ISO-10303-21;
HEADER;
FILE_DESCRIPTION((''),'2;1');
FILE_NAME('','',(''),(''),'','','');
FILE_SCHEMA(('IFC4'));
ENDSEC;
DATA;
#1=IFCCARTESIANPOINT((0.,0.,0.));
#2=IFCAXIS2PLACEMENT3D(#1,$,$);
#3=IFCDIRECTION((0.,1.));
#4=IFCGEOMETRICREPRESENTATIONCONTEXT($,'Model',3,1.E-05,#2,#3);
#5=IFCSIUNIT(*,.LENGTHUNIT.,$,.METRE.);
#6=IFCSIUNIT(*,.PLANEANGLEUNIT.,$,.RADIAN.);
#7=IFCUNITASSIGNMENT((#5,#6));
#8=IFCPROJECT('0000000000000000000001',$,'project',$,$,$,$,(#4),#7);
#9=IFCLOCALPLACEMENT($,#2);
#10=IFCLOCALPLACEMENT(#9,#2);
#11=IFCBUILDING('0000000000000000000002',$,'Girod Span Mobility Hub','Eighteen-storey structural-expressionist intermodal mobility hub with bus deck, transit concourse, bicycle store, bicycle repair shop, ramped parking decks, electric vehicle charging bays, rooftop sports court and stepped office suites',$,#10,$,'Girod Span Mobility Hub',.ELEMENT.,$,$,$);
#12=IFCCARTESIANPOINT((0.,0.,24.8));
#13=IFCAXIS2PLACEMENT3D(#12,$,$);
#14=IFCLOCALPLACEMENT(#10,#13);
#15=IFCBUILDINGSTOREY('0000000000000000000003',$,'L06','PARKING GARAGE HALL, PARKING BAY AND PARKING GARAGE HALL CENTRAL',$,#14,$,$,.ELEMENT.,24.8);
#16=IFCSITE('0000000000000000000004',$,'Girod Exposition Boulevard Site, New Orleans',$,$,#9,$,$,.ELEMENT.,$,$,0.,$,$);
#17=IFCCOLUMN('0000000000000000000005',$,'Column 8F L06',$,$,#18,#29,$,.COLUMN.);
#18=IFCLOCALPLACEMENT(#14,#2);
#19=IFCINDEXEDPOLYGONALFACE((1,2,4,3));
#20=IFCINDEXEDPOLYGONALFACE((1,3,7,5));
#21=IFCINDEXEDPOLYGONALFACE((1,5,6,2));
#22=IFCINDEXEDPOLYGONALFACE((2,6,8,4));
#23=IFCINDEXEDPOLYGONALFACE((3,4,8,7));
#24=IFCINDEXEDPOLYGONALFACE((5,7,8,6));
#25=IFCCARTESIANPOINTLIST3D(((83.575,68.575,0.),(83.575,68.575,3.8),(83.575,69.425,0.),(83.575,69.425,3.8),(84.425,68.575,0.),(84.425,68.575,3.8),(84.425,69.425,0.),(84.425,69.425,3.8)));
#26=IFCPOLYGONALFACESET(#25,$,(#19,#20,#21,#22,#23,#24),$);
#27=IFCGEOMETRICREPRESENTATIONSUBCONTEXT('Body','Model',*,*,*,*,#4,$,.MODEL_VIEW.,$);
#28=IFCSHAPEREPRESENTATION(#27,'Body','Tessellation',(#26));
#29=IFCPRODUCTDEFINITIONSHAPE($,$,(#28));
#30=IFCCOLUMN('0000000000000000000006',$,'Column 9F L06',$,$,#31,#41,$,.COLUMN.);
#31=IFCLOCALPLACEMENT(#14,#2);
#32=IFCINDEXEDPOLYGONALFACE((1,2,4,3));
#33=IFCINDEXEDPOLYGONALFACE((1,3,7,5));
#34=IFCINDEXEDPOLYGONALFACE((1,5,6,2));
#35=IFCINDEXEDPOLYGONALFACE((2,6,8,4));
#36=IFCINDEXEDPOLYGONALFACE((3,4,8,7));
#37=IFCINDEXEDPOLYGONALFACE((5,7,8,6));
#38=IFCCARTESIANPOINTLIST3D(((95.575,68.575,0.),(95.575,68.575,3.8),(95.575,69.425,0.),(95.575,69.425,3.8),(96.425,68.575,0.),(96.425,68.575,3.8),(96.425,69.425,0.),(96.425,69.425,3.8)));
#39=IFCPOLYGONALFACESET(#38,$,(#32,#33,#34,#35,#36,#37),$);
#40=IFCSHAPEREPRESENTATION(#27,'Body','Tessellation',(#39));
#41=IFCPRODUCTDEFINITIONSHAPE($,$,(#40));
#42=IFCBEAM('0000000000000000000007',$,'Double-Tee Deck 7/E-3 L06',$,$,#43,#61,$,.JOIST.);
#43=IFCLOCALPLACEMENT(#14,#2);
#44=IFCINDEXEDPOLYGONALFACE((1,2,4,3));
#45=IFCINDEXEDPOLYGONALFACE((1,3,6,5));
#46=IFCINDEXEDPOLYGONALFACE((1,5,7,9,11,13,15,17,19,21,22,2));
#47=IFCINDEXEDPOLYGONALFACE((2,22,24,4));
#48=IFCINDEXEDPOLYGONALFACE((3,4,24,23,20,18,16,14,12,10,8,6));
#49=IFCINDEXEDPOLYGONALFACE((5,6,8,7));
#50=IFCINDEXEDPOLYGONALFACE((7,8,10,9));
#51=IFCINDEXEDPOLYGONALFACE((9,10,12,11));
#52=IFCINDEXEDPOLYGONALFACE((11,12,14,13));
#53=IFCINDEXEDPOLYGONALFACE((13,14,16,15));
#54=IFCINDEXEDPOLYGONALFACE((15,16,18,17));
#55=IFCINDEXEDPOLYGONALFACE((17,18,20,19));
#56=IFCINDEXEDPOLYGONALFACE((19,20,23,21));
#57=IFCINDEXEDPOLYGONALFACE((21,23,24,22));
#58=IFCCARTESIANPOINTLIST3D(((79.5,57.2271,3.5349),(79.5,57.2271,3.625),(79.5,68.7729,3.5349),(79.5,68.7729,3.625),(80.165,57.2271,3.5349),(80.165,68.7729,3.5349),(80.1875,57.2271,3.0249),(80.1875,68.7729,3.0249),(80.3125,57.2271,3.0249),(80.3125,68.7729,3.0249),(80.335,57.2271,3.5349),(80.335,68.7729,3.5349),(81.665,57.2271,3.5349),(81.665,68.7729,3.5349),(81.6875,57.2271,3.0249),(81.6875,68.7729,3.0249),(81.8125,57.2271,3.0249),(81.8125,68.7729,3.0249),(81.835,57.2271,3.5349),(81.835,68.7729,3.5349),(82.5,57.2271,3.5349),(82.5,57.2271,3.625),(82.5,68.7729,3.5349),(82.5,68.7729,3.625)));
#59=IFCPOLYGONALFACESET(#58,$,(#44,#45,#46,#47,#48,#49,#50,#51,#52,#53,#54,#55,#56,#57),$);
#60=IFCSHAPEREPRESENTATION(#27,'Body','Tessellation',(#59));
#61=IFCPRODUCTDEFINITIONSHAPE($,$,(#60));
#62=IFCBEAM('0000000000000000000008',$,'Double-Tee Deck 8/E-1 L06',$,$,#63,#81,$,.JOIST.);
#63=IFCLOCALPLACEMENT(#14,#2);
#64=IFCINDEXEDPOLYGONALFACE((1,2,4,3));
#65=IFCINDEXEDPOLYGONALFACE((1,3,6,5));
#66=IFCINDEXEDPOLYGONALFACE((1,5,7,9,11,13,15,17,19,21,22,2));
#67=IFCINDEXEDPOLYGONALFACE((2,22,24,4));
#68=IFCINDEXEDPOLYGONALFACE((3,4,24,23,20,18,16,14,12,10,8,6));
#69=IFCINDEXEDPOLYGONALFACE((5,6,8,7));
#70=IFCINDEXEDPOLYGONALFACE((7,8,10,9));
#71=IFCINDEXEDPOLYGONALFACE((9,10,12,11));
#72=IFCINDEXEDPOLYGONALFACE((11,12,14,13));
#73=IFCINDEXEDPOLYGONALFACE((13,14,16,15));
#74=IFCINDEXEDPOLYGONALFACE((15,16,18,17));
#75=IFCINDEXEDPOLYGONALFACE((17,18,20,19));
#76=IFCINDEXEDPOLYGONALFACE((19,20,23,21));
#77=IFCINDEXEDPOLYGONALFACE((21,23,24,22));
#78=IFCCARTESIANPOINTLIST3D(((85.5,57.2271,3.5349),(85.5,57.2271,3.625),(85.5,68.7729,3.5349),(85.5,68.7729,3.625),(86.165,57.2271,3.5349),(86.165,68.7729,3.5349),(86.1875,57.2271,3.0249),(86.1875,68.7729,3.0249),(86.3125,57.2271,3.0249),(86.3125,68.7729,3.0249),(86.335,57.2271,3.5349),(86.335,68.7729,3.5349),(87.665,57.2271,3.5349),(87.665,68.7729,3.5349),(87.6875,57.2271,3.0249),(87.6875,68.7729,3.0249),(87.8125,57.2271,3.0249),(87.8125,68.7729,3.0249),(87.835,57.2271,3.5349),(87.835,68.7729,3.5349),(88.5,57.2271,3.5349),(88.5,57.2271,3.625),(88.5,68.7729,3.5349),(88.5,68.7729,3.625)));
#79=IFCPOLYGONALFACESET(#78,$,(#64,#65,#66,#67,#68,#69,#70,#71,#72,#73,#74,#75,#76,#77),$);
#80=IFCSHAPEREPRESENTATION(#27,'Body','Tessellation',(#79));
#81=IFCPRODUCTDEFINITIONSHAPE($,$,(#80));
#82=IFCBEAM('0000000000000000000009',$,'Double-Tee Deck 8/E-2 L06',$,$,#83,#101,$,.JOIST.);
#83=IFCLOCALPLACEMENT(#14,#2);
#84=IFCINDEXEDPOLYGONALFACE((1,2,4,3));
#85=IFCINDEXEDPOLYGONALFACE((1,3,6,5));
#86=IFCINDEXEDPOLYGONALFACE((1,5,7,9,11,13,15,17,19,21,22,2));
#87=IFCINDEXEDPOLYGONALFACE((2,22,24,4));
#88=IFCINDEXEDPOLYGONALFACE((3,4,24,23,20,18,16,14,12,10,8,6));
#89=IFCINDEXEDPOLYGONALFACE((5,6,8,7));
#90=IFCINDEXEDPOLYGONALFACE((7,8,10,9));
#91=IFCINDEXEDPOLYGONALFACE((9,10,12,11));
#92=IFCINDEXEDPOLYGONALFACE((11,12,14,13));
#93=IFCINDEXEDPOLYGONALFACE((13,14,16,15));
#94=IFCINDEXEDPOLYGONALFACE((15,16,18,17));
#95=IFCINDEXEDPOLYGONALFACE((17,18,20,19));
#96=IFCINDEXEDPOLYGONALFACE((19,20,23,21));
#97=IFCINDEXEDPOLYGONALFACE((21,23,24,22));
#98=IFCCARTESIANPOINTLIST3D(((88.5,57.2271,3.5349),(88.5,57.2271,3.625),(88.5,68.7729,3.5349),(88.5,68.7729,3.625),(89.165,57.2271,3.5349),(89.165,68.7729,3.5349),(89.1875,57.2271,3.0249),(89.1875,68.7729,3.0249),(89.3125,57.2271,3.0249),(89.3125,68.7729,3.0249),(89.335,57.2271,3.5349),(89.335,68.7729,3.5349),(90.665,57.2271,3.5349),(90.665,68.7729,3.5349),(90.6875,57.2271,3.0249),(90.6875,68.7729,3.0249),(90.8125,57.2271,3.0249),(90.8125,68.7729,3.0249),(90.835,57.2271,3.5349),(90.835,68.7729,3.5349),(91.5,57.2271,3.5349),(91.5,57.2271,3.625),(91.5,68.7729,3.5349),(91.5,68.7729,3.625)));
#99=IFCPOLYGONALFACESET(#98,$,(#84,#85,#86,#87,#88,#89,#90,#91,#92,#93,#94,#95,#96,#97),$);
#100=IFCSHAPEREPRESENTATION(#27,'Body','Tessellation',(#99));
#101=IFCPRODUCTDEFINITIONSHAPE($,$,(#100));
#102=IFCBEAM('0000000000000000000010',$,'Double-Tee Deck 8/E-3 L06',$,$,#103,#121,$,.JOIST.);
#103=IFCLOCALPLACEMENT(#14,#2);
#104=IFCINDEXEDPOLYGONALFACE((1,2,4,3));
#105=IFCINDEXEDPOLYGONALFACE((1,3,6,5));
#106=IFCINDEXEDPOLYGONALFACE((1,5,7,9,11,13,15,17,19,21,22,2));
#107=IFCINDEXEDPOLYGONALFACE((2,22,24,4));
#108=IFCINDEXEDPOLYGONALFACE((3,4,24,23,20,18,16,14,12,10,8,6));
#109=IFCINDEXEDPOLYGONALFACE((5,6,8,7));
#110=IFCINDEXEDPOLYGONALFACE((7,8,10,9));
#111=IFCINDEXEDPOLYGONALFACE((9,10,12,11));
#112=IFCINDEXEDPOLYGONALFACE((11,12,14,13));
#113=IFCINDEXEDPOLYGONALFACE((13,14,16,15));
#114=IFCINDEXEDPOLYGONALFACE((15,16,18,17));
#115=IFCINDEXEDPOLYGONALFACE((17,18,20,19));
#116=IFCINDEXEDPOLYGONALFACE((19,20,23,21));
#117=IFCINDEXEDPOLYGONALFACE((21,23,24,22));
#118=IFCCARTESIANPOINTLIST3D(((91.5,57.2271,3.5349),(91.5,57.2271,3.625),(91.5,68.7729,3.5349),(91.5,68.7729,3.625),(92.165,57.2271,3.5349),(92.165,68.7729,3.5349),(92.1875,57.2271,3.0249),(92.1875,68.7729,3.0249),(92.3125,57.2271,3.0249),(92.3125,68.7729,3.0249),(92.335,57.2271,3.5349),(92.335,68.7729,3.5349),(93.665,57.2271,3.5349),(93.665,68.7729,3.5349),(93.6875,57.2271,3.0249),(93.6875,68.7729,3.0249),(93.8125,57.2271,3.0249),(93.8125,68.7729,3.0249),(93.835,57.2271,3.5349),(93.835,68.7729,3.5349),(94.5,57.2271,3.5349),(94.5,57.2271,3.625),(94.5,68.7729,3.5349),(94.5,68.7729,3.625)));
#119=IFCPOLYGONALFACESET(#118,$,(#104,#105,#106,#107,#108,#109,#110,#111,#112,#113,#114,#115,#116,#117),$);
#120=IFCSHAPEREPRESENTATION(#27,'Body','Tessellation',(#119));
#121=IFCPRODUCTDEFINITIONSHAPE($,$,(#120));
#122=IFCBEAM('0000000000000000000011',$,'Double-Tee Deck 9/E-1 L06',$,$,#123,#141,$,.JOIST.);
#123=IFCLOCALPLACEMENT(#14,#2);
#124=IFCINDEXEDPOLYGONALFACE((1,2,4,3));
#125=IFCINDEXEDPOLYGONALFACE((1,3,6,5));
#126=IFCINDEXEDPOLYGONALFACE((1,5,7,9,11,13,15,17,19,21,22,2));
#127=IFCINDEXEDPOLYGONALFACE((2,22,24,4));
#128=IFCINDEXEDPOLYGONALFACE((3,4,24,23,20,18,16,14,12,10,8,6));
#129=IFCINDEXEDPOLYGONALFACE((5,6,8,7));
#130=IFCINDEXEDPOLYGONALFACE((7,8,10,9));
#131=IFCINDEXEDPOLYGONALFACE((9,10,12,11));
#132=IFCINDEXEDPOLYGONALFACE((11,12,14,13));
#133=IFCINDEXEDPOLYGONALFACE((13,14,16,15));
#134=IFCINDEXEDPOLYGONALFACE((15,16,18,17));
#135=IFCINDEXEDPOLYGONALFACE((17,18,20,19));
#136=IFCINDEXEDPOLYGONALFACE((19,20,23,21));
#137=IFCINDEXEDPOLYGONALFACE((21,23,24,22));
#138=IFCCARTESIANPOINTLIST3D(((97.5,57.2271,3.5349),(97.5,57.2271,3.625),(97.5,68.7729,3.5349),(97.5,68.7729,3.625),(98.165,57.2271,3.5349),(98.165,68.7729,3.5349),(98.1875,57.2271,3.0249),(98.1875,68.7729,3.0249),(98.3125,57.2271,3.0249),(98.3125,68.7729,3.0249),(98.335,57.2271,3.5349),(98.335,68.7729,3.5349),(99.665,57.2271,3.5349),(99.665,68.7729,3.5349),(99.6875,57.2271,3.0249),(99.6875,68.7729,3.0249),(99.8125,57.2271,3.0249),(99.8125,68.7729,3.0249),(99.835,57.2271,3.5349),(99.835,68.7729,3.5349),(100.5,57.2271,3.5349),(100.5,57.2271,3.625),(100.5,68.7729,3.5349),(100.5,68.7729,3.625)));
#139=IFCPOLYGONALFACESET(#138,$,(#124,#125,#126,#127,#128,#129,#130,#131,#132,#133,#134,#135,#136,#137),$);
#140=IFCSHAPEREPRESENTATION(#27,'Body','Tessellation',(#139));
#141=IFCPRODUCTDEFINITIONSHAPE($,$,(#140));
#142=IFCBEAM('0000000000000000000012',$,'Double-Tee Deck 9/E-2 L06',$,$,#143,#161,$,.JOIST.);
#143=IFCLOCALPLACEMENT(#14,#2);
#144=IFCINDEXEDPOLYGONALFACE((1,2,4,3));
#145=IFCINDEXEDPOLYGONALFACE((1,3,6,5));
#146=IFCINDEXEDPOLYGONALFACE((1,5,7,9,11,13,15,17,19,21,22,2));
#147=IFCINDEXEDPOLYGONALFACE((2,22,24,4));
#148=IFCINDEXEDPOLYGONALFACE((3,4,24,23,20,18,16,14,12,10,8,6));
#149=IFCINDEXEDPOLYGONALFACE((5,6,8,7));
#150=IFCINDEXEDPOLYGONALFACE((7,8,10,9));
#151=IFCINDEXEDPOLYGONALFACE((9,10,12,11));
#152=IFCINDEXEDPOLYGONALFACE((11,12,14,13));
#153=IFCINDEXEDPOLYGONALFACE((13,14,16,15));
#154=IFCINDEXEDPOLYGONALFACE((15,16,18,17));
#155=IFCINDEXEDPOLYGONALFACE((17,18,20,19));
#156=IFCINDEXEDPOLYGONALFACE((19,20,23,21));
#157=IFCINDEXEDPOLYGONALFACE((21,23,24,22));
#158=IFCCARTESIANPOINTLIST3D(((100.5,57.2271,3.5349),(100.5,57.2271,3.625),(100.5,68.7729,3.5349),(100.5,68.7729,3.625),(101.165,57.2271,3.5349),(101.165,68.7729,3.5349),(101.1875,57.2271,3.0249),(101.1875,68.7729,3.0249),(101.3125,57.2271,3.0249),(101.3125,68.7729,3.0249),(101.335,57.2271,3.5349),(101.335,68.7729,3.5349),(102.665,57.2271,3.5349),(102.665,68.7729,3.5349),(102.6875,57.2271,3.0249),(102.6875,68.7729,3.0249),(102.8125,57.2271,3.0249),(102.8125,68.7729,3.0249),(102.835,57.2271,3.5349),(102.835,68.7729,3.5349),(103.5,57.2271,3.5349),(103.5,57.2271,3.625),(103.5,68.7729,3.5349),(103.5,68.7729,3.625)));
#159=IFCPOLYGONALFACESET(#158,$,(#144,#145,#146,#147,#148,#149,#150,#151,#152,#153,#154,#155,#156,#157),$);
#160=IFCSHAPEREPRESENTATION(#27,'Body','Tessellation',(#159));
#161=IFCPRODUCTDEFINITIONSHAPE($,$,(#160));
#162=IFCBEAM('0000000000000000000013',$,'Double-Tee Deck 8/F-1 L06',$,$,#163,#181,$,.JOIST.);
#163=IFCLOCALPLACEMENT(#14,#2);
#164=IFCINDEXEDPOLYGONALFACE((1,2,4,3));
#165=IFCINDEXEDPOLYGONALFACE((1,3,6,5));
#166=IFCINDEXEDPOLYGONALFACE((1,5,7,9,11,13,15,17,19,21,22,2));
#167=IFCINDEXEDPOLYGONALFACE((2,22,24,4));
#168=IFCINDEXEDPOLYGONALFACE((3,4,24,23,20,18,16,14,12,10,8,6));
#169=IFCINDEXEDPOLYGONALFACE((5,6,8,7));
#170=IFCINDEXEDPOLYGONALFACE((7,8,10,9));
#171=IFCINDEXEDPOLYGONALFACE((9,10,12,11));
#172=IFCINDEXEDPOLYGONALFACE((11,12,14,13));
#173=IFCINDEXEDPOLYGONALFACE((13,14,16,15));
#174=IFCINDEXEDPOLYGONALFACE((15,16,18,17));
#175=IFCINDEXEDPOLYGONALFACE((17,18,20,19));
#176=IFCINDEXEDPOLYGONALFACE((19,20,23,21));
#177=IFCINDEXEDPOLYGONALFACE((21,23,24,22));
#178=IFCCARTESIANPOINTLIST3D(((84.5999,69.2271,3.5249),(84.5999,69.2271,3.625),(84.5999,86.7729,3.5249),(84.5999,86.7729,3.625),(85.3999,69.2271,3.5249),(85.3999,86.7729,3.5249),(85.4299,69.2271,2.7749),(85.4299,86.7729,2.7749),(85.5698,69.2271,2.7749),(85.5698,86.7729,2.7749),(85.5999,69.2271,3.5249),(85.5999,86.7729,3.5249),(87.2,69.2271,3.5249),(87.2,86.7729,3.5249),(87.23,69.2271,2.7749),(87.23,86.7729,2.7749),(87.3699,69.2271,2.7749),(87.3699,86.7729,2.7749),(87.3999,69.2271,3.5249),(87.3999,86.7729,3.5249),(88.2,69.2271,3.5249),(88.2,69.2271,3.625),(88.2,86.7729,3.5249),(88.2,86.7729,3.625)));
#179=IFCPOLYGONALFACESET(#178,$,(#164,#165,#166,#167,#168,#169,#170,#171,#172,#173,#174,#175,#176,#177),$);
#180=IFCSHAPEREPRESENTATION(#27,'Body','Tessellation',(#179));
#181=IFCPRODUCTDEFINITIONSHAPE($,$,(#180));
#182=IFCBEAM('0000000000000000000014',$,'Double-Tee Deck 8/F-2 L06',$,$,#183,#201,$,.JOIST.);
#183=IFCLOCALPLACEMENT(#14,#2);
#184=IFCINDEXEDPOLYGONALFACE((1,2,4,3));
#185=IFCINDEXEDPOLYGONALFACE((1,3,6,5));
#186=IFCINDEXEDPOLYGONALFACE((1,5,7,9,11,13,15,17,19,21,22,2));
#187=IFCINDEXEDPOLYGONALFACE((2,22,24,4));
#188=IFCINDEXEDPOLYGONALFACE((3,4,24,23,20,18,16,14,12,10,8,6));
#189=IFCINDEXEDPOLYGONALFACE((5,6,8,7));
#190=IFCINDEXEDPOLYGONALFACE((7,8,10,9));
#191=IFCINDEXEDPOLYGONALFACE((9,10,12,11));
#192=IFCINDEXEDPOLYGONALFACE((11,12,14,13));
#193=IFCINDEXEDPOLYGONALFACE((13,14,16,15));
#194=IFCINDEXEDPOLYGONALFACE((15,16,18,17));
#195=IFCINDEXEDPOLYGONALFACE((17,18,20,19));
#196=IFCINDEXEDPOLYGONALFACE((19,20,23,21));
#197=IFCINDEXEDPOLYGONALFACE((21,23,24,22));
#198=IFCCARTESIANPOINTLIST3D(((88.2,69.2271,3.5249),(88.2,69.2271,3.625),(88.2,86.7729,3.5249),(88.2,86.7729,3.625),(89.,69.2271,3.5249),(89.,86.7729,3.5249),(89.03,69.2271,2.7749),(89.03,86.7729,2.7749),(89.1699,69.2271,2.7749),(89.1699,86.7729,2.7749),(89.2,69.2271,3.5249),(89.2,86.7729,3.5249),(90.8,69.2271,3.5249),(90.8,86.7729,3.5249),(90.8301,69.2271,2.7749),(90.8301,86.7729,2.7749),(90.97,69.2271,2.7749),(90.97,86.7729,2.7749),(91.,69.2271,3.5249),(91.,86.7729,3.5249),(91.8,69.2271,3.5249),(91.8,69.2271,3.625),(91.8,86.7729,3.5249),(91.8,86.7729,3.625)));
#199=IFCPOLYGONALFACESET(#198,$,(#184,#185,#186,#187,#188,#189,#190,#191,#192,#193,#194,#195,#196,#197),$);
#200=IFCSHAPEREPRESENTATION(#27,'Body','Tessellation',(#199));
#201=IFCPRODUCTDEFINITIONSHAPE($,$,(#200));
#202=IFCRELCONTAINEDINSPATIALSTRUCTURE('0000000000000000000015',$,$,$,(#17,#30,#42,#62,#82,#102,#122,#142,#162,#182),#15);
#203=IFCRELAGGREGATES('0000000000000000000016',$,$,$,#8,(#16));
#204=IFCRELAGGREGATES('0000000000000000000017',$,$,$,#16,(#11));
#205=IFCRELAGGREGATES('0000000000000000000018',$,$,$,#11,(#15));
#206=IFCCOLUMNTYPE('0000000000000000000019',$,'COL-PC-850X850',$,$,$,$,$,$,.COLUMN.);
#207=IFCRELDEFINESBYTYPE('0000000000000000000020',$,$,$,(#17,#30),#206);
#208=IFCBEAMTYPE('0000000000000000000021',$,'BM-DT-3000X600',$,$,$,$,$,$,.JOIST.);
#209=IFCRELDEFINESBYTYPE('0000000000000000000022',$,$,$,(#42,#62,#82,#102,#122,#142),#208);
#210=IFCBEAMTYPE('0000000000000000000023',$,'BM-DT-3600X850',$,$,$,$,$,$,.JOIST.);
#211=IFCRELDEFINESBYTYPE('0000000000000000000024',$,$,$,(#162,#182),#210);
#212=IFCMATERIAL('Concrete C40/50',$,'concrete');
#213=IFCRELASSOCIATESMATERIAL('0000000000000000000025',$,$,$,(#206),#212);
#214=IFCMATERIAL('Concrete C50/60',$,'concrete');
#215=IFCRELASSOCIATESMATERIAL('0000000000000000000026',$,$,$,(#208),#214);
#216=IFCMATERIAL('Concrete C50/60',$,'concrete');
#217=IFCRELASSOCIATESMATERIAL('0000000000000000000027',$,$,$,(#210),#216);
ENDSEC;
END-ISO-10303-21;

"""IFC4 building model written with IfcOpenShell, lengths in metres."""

from ifc_helpers import new_model, si_unit, direction, frame, origin, origin_2d, place, context, subcontext, project, spatial, polyline, rectangle, outline, extrude, material, material_profile, profile_set, type_object, element, save


model = new_model("IFC4")

# Units and contexts
model_context = context("Model", 3, precision=1e-05, world=origin(), true_north=direction((0.0, 1.0)))
body_context = subcontext(model_context, "Body", "Model", "MODEL_VIEW")
ifc_project = project(units=[si_unit("LENGTHUNIT", "METRE"), si_unit("PLANEANGLEUNIT", "RADIAN")], contexts=[model_context])

# Site, building, storey
site_placement = place(None, origin())
site = spatial("IfcSite", under=ifc_project, at=site_placement, Name="Girod Exposition Boulevard Site, New Orleans", CompositionType="ELEMENT", RefElevation=0.0)
building_placement = place(site_placement, origin())
building = spatial("IfcBuilding", under=site, at=building_placement, Name="Girod Span Mobility Hub", Description="Eighteen-storey structural-expressionist intermodal mobility hub with bus deck, transit concourse, bicycle store, bicycle repair shop, ramped parking decks, electric vehicle charging bays, rooftop sports court and stepped office suites", LongName="Girod Span Mobility Hub", CompositionType="ELEMENT")
storey_placement = place(building_placement, frame((0.0, 0.0, 24.8)))
storey = spatial("IfcBuildingStorey", under=building, at=storey_placement, Name="L06", Description="PARKING GARAGE HALL, PARKING BAY AND PARKING GARAGE HALL CENTRAL", CompositionType="ELEMENT", Elevation=24.8)

# Columns
ifc_material_1 = material(Name="Concrete C40/50", Category="concrete")
ifc_material_profile_1 = material_profile(ifc_material_1, rectangle(XDim=0.8501, YDim=0.8501, at=origin_2d()), Name="PC-COL-850X850")
ifc_profile_set_1 = profile_set([ifc_material_profile_1], Name="Concrete C40/50")
column_type = type_object("IfcColumnType", Name="COL-PC-850X850", PredefinedType="COLUMN", material=ifc_profile_set_1)
for number, where, z_axis, x_axis, name in (
    (1, (84.0, 69.0, 0.0), (0.0, 0.0, 1.0), (1.0, 0.0, 0.0), "Column 8F L06"),
    (2, (96.0, 69.0, 0.0), (0.0, 0.0, 1.0), (1.0, 0.0, 0.0), "Column 9F L06"),
):
    element("IfcColumn", number, at=place(storey_placement, frame(where, z_axis=z_axis, x_axis=x_axis)), inside=storey, type_object=column_type, Name=name, PredefinedType="COLUMN", context=body_context, shape_type="SweptSolid", body=[
        extrude(rectangle(XDim=0.8501, YDim=0.8501, at=origin_2d()), origin(), (0.0, 0.0, 1.0), 3.8),
    ])

# Beams
ifc_material_2 = material(Name="Concrete C50/60", Category="concrete")
ifc_material_profile_2 = material_profile(ifc_material_2, outline(polyline([(-1.5, 0.3), (-1.5, 0.21), (-0.835, 0.21), (-0.8125, -0.3), (-0.6875, -0.3), (-0.665, 0.21), (0.665, 0.21), (0.6875, -0.3), (0.8125, -0.3), (0.835, 0.21), (1.5, 0.21), (1.5, 0.3), (-1.5, 0.3)])), Name="DT-3000X600")
ifc_profile_set_2 = profile_set([ifc_material_profile_2], Name="Concrete C50/60")
beam_type_1 = type_object("IfcBeamType", Name="BM-DT-3000X600", PredefinedType="JOIST", material=ifc_profile_set_2)
for number, where, z_axis, x_axis, name in (
    (3, (81.0, 57.2271, 3.325), (0.0, 1.0, 0.0), (-1.0, 0.0, 0.0), "Double-Tee Deck 7/E-3 L06"),
    (4, (87.0, 57.2271, 3.325), (0.0, 1.0, 0.0), (-1.0, 0.0, 0.0), "Double-Tee Deck 8/E-1 L06"),
    (5, (90.0, 57.2271, 3.325), (0.0, 1.0, 0.0), (-1.0, 0.0, 0.0), "Double-Tee Deck 8/E-2 L06"),
    (6, (93.0, 57.2271, 3.325), (0.0, 1.0, 0.0), (-1.0, 0.0, 0.0), "Double-Tee Deck 8/E-3 L06"),
    (7, (99.0, 57.2271, 3.325), (0.0, 1.0, 0.0), (-1.0, 0.0, 0.0), "Double-Tee Deck 9/E-1 L06"),
    (8, (102.0, 57.2271, 3.325), (0.0, 1.0, 0.0), (-1.0, 0.0, 0.0), "Double-Tee Deck 9/E-2 L06"),
):
    element("IfcBeam", number, at=place(storey_placement, frame(where, z_axis=z_axis, x_axis=x_axis)), inside=storey, type_object=beam_type_1, Name=name, PredefinedType="JOIST", context=body_context, shape_type="SweptSolid", body=[
        extrude(outline(polyline([(-1.5, 0.3), (-1.5, 0.21), (-0.835, 0.21), (-0.8125, -0.3), (-0.6875, -0.3), (-0.665, 0.21), (0.665, 0.21), (0.6875, -0.3), (0.8125, -0.3), (0.835, 0.21), (1.5, 0.21), (1.5, 0.3), (-1.5, 0.3)])), origin(), (0.0, 0.0, 1.0), 11.5459),
    ])
ifc_material_3 = material(Name="Concrete C50/60", Category="concrete")
ifc_material_profile_3 = material_profile(ifc_material_3, outline(polyline([(-1.8, 0.425), (-1.8, 0.325), (-1.0, 0.325), (-0.97, -0.425), (-0.8301, -0.425), (-0.8, 0.325), (0.8, 0.325), (0.8301, -0.425), (0.97, -0.425), (1.0, 0.325), (1.8, 0.325), (1.8, 0.425), (-1.8, 0.425)])), Name="DT-3600X850")
ifc_profile_set_3 = profile_set([ifc_material_profile_3], Name="Concrete C50/60")
beam_type_2 = type_object("IfcBeamType", Name="BM-DT-3600X850", PredefinedType="JOIST", material=ifc_profile_set_3)
for number, where, z_axis, x_axis, name in (
    (9, (86.3999, 69.2271, 3.2), (0.0, 1.0, 0.0), (-1.0, 0.0, 0.0), "Double-Tee Deck 8/F-1 L06"),
    (10, (90.0, 69.2271, 3.2), (0.0, 1.0, 0.0), (-1.0, 0.0, 0.0), "Double-Tee Deck 8/F-2 L06"),
):
    element("IfcBeam", number, at=place(storey_placement, frame(where, z_axis=z_axis, x_axis=x_axis)), inside=storey, type_object=beam_type_2, Name=name, PredefinedType="JOIST", context=body_context, shape_type="SweptSolid", body=[
        extrude(outline(polyline([(-1.8, 0.425), (-1.8, 0.325), (-1.0, 0.325), (-0.97, -0.425), (-0.8301, -0.425), (-0.8, 0.325), (0.8, 0.325), (0.8301, -0.425), (0.97, -0.425), (1.0, 0.325), (1.8, 0.325), (1.8, 0.425), (-1.8, 0.425)])), origin(), (0.0, 0.0, 1.0), 17.5459),
    ])

save(model, "model.ifc")
